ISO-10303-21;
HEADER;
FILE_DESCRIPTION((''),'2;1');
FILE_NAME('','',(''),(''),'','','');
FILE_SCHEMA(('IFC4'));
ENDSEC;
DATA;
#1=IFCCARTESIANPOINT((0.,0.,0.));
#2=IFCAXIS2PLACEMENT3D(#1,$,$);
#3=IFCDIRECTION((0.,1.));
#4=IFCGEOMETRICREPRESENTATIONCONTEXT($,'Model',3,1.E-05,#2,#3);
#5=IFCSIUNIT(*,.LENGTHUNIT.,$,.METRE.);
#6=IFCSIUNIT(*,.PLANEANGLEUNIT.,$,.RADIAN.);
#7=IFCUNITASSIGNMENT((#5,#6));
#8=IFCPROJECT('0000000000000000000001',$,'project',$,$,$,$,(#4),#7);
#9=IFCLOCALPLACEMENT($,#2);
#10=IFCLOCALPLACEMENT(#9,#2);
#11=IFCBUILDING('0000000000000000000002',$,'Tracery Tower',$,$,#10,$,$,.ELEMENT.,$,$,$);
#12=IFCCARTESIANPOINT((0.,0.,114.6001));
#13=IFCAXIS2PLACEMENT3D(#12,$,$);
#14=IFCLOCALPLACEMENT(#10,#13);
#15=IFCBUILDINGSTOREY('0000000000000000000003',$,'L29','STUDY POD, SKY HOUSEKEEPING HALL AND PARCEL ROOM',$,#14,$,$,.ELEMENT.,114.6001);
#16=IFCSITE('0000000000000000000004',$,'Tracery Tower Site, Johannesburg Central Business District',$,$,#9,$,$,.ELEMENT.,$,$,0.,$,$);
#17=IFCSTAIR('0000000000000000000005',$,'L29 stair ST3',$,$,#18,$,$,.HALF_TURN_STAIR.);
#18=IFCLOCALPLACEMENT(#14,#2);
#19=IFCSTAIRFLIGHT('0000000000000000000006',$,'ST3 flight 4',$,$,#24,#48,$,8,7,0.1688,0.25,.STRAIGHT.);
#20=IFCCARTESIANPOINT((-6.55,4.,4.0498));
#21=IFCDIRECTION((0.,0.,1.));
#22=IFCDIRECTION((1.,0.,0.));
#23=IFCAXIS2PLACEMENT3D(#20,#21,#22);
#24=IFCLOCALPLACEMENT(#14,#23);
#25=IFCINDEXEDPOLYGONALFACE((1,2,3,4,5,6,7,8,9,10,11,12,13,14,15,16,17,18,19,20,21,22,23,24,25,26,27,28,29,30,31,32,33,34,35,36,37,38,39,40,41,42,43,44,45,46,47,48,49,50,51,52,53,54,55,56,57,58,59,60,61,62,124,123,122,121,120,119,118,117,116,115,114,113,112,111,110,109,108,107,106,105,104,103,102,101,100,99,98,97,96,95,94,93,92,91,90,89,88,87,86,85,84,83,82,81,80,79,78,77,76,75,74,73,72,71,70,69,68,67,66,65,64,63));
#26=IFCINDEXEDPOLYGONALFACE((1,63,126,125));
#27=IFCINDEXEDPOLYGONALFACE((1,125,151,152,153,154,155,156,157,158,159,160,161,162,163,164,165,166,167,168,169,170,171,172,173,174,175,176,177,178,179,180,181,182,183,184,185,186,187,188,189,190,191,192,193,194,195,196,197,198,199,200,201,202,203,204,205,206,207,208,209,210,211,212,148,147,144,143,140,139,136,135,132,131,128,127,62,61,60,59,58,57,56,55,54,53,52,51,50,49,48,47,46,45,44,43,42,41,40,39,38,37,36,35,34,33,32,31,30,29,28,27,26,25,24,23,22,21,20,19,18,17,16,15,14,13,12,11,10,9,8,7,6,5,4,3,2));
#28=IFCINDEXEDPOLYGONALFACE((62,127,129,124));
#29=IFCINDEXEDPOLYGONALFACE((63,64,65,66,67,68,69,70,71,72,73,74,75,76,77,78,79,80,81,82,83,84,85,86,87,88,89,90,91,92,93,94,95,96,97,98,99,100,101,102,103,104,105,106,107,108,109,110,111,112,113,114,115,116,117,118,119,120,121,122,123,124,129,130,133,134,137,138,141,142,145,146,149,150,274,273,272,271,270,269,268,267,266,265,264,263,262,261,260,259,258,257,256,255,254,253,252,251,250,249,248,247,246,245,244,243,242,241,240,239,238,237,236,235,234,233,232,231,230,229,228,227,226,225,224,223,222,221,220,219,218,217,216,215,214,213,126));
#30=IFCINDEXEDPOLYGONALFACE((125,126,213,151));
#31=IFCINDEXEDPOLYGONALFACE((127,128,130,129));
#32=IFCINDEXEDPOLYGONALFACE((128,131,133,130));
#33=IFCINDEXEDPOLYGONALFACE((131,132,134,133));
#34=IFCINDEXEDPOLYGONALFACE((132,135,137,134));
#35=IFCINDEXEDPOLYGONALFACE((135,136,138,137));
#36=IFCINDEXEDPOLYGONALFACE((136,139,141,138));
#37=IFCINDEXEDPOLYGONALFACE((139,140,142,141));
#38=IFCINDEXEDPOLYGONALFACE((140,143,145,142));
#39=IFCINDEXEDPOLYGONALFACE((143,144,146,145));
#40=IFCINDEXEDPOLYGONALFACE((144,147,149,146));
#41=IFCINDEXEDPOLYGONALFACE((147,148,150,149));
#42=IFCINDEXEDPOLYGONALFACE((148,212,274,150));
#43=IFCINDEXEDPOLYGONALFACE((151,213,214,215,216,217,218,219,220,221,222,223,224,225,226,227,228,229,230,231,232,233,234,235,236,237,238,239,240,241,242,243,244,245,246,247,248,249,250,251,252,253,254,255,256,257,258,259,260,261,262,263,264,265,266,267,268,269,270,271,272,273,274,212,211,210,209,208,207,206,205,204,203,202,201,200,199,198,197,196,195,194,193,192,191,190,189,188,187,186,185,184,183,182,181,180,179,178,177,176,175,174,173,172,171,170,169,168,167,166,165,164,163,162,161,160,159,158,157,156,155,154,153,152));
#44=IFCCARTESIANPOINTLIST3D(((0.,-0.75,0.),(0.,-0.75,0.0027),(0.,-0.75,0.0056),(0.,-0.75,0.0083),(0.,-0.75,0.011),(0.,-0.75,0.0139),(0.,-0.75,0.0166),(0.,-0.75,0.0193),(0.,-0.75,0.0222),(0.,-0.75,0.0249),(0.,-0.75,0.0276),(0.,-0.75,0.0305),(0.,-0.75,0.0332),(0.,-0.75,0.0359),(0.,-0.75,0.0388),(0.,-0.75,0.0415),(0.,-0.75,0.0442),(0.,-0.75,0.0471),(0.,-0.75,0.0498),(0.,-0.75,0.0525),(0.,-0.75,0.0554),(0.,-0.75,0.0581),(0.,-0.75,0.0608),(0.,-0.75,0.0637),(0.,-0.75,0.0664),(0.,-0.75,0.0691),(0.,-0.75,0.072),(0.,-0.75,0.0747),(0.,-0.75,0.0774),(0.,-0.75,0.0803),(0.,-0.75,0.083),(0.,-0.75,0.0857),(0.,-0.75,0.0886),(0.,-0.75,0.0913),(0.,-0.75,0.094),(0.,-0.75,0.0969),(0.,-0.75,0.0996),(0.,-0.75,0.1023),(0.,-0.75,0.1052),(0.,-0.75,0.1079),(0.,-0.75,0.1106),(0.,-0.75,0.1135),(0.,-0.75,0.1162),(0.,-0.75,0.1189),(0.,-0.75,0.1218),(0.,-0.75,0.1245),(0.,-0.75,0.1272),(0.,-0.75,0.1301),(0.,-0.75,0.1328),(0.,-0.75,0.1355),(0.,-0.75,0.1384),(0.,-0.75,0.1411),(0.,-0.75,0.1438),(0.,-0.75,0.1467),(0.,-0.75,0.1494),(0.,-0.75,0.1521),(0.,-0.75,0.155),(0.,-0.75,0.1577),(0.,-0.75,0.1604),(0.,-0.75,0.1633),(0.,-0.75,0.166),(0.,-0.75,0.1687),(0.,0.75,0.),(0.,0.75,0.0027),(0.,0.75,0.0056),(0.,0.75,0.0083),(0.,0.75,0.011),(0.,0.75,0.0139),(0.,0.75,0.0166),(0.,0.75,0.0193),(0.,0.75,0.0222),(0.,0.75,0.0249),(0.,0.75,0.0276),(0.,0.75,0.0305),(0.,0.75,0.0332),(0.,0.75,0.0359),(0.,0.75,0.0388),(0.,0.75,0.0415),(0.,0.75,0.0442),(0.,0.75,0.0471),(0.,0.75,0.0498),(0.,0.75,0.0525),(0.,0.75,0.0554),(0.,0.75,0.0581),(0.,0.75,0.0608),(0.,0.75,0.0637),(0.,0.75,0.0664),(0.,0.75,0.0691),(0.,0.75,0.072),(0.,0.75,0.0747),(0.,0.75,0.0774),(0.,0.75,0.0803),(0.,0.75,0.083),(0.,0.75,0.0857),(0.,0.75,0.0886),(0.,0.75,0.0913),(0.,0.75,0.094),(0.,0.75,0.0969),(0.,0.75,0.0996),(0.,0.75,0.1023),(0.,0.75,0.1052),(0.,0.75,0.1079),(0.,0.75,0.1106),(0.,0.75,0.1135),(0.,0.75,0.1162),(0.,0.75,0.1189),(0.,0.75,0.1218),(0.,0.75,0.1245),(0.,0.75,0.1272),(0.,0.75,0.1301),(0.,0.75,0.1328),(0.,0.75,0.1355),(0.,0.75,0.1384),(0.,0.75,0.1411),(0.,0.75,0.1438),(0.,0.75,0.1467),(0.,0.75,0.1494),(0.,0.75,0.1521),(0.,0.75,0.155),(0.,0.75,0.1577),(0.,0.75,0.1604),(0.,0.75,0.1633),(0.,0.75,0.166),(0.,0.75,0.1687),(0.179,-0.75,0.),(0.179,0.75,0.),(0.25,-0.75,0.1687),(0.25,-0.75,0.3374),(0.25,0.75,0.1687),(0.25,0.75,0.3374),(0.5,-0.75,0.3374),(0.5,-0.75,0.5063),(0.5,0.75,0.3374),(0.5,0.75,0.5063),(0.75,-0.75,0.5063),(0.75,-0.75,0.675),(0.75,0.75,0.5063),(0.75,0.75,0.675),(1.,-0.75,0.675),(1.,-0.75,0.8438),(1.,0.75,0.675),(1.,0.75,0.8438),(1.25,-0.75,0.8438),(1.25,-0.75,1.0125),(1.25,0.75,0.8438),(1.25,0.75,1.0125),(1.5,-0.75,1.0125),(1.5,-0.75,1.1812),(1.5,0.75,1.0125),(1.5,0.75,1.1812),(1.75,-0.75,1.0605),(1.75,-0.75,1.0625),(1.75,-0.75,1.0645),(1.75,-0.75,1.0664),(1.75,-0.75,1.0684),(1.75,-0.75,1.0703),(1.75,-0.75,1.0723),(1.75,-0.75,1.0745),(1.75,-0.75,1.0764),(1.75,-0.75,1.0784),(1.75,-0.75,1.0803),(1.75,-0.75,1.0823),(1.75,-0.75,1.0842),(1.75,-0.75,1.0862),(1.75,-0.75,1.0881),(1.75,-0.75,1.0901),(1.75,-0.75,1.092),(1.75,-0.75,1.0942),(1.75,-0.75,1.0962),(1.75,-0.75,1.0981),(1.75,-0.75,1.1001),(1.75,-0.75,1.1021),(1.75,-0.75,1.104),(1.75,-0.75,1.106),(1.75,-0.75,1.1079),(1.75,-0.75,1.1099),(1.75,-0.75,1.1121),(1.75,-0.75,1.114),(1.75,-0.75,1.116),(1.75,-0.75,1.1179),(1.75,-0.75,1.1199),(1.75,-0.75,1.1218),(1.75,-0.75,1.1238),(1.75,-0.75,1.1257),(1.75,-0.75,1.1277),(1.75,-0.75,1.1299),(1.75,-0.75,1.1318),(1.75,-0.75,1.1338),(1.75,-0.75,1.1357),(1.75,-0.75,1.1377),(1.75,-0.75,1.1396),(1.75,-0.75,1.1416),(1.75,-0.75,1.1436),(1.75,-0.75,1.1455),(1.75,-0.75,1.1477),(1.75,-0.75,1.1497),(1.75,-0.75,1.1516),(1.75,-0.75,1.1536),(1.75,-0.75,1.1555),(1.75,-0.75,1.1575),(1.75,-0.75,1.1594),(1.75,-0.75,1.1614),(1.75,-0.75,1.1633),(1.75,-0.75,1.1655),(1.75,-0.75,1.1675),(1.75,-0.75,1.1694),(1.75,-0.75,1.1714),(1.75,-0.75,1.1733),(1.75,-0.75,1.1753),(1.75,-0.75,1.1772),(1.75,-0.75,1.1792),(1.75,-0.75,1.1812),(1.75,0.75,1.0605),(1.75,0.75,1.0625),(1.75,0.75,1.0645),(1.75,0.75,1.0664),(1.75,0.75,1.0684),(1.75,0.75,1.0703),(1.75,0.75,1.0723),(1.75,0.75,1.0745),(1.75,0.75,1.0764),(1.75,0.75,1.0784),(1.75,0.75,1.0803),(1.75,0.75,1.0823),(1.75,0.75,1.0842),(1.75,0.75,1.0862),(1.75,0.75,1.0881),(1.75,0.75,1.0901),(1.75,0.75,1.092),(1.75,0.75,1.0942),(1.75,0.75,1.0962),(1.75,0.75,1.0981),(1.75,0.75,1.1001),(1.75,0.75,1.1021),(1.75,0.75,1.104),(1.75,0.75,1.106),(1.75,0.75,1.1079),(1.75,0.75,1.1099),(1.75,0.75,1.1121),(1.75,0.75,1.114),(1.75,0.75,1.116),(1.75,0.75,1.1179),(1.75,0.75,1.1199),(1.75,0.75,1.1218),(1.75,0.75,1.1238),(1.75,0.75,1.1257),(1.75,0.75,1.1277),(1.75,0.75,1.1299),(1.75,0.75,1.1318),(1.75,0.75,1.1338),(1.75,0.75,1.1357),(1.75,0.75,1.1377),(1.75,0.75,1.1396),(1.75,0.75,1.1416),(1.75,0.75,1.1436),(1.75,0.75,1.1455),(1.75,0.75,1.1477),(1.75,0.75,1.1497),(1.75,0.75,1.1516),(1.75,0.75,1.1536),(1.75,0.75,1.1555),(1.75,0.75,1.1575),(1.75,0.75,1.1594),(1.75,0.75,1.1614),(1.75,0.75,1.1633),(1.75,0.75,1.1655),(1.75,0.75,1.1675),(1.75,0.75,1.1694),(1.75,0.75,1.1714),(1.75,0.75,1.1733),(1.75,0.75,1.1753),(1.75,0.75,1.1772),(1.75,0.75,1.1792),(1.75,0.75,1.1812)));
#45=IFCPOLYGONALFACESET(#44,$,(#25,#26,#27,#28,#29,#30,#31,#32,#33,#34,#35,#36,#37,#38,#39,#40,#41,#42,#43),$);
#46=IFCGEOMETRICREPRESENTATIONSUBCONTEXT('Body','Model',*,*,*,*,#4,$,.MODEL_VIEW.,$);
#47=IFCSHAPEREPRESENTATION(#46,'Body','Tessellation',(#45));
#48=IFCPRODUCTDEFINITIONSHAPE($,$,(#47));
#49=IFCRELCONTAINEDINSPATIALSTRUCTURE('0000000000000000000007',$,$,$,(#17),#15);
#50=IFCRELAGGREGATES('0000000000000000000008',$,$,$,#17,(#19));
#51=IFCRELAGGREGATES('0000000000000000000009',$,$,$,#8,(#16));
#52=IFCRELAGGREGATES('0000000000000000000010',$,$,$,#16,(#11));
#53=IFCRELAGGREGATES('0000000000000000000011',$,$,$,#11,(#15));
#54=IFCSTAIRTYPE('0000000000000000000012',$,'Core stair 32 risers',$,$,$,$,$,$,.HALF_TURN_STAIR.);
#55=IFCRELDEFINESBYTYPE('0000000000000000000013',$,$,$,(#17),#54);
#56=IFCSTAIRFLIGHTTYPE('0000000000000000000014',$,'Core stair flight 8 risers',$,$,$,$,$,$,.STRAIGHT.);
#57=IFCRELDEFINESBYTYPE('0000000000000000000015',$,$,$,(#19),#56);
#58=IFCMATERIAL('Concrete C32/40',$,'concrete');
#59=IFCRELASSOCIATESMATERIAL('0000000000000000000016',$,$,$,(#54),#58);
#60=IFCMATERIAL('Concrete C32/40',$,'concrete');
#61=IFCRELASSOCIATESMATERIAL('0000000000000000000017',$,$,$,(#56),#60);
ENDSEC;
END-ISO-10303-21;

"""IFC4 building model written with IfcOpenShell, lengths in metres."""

from ifc_helpers import new_model, si_unit, direction, frame, origin, place, context, subcontext, project, spatial, polyline, outline, extrude, material, type_object, element, aggregate, save


model = new_model("IFC4")

# Units and contexts
model_context = context("Model", 3, precision=1e-05, world=origin(), true_north=direction((0.0, 1.0)))
body_context = subcontext(model_context, "Body", "Model", "MODEL_VIEW")
ifc_project = project(units=[si_unit("LENGTHUNIT", "METRE"), si_unit("PLANEANGLEUNIT", "RADIAN")], contexts=[model_context])

# Site, building, storey
site_placement = place(None, origin())
site = spatial("IfcSite", under=ifc_project, at=site_placement, Name="Tracery Tower Site, Johannesburg Central Business District", CompositionType="ELEMENT", RefElevation=0.0)
building_placement = place(site_placement, origin())
building = spatial("IfcBuilding", under=site, at=building_placement, Name="Tracery Tower", CompositionType="ELEMENT")
storey_placement = place(building_placement, frame((0.0, 0.0, 114.6001)))
storey = spatial("IfcBuildingStorey", under=building, at=storey_placement, Name="L29", Description="STUDY POD, SKY HOUSEKEEPING HALL AND PARCEL ROOM", CompositionType="ELEMENT", Elevation=114.6001)

# Stair, stair flight
ifc_material_1 = material(Name="Concrete C32/40", Category="concrete")
stair_type = type_object("IfcStairType", Name="Core stair 32 risers", PredefinedType="HALF_TURN_STAIR", material=ifc_material_1)
stair_placement = place(storey_placement, origin())
stair = element("IfcStair", 1, at=stair_placement, inside=storey, type_object=stair_type, Name="L29 stair ST3", PredefinedType="HALF_TURN_STAIR")
ifc_material_2 = material(Name="Concrete C32/40", Category="concrete")
stair_flight_type = type_object("IfcStairFlightType", Name="Core stair flight 8 risers", PredefinedType="STRAIGHT", material=ifc_material_2)
stair_flight_1_placement = place(storey_placement, frame((-6.55, 4.0, 4.0498), z_axis=(0.0, 0.0, 1.0), x_axis=(1.0, 0.0, 0.0)))
stair_flight_1 = element("IfcStairFlight", 2, at=stair_flight_1_placement, type_object=stair_flight_type, Name="ST3 flight 4", NumberOfRisers=8, NumberOfTreads=7, PredefinedType="STRAIGHT", RiserHeight=0.1688, TreadLength=0.25, context=body_context, shape_type="SweptSolid", body=[
    extrude(outline(polyline([(0.0, 0.0), (0.0, 0.0027), (0.0, 0.0056), (0.0, 0.0083), (0.0, 0.011), (0.0, 0.0139), (0.0, 0.0166), (0.0, 0.0193), (0.0, 0.0222), (0.0, 0.0249), (0.0, 0.0276), (0.0, 0.0305), (0.0, 0.0332), (0.0, 0.0359), (0.0, 0.0388), (0.0, 0.0415), (0.0, 0.0442), (0.0, 0.0471), (0.0, 0.0498), (0.0, 0.0525), (0.0, 0.0554), (0.0, 0.0581), (0.0, 0.0608), (0.0, 0.0637), (0.0, 0.0664), (0.0, 0.0691), (0.0, 0.072), (0.0, 0.0747), (0.0, 0.0774), (0.0, 0.0803), (0.0, 0.083), (0.0, 0.0857), (0.0, 0.0886), (0.0, 0.0913), (0.0, 0.094), (0.0, 0.0969), (0.0, 0.0996), (0.0, 0.1023), (0.0, 0.1052), (0.0, 0.1079), (0.0, 0.1106), (0.0, 0.1135), (0.0, 0.1162), (0.0, 0.1189), (0.0, 0.1218), (0.0, 0.1245), (0.0, 0.1272), (0.0, 0.1301), (0.0, 0.1328), (0.0, 0.1355), (0.0, 0.1384), (0.0, 0.1411), (0.0, 0.1438), (0.0, 0.1467), (0.0, 0.1494), (0.0, 0.1521), (0.0, 0.155), (0.0, 0.1577), (0.0, 0.1604), (0.0, 0.1633), (0.0, 0.166), (0.0, 0.1687), (0.25, 0.1687), (0.25, 0.3374), (0.5, 0.3374), (0.5, 0.5063), (0.75, 0.5063), (0.75, 0.675), (1.0, 0.675), (1.0, 0.8438), (1.25, 0.8438), (1.25, 1.0125), (1.5, 1.0125), (1.5, 1.1812), (1.75, 1.1812), (1.75, 1.1792), (1.75, 1.1772), (1.75, 1.1753), (1.75, 1.1733), (1.75, 1.1714), (1.75, 1.1694), (1.75, 1.1675), (1.75, 1.1655), (1.75, 1.1633), (1.75, 1.1614), (1.75, 1.1594), (1.75, 1.1575), (1.75, 1.1555), (1.75, 1.1536), (1.75, 1.1516), (1.75, 1.1497), (1.75, 1.1477), (1.75, 1.1455), (1.75, 1.1436), (1.75, 1.1416), (1.75, 1.1396), (1.75, 1.1377), (1.75, 1.1357), (1.75, 1.1338), (1.75, 1.1318), (1.75, 1.1299), (1.75, 1.1277), (1.75, 1.1257), (1.75, 1.1238), (1.75, 1.1218), (1.75, 1.1199), (1.75, 1.1179), (1.75, 1.116), (1.75, 1.114), (1.75, 1.1121), (1.75, 1.1099), (1.75, 1.1079), (1.75, 1.106), (1.75, 1.104), (1.75, 1.1021), (1.75, 1.1001), (1.75, 1.0981), (1.75, 1.0962), (1.75, 1.0942), (1.75, 1.092), (1.75, 1.0901), (1.75, 1.0881), (1.75, 1.0862), (1.75, 1.0842), (1.75, 1.0823), (1.75, 1.0803), (1.75, 1.0784), (1.75, 1.0764), (1.75, 1.0745), (1.75, 1.0723), (1.75, 1.0703), (1.75, 1.0684), (1.75, 1.0664), (1.75, 1.0645), (1.75, 1.0625), (1.75, 1.0605), (0.179, 0.0), (0.0, 0.0)])), frame((0.0, 0.75, 0.0), z_axis=(0.0, -1.0, 0.0), x_axis=(1.0, 0.0, 0.0)), (0.0, 0.0, 1.0), 1.5),
])
aggregate(stair, [stair_flight_1])

save(model, "model.ifc")
